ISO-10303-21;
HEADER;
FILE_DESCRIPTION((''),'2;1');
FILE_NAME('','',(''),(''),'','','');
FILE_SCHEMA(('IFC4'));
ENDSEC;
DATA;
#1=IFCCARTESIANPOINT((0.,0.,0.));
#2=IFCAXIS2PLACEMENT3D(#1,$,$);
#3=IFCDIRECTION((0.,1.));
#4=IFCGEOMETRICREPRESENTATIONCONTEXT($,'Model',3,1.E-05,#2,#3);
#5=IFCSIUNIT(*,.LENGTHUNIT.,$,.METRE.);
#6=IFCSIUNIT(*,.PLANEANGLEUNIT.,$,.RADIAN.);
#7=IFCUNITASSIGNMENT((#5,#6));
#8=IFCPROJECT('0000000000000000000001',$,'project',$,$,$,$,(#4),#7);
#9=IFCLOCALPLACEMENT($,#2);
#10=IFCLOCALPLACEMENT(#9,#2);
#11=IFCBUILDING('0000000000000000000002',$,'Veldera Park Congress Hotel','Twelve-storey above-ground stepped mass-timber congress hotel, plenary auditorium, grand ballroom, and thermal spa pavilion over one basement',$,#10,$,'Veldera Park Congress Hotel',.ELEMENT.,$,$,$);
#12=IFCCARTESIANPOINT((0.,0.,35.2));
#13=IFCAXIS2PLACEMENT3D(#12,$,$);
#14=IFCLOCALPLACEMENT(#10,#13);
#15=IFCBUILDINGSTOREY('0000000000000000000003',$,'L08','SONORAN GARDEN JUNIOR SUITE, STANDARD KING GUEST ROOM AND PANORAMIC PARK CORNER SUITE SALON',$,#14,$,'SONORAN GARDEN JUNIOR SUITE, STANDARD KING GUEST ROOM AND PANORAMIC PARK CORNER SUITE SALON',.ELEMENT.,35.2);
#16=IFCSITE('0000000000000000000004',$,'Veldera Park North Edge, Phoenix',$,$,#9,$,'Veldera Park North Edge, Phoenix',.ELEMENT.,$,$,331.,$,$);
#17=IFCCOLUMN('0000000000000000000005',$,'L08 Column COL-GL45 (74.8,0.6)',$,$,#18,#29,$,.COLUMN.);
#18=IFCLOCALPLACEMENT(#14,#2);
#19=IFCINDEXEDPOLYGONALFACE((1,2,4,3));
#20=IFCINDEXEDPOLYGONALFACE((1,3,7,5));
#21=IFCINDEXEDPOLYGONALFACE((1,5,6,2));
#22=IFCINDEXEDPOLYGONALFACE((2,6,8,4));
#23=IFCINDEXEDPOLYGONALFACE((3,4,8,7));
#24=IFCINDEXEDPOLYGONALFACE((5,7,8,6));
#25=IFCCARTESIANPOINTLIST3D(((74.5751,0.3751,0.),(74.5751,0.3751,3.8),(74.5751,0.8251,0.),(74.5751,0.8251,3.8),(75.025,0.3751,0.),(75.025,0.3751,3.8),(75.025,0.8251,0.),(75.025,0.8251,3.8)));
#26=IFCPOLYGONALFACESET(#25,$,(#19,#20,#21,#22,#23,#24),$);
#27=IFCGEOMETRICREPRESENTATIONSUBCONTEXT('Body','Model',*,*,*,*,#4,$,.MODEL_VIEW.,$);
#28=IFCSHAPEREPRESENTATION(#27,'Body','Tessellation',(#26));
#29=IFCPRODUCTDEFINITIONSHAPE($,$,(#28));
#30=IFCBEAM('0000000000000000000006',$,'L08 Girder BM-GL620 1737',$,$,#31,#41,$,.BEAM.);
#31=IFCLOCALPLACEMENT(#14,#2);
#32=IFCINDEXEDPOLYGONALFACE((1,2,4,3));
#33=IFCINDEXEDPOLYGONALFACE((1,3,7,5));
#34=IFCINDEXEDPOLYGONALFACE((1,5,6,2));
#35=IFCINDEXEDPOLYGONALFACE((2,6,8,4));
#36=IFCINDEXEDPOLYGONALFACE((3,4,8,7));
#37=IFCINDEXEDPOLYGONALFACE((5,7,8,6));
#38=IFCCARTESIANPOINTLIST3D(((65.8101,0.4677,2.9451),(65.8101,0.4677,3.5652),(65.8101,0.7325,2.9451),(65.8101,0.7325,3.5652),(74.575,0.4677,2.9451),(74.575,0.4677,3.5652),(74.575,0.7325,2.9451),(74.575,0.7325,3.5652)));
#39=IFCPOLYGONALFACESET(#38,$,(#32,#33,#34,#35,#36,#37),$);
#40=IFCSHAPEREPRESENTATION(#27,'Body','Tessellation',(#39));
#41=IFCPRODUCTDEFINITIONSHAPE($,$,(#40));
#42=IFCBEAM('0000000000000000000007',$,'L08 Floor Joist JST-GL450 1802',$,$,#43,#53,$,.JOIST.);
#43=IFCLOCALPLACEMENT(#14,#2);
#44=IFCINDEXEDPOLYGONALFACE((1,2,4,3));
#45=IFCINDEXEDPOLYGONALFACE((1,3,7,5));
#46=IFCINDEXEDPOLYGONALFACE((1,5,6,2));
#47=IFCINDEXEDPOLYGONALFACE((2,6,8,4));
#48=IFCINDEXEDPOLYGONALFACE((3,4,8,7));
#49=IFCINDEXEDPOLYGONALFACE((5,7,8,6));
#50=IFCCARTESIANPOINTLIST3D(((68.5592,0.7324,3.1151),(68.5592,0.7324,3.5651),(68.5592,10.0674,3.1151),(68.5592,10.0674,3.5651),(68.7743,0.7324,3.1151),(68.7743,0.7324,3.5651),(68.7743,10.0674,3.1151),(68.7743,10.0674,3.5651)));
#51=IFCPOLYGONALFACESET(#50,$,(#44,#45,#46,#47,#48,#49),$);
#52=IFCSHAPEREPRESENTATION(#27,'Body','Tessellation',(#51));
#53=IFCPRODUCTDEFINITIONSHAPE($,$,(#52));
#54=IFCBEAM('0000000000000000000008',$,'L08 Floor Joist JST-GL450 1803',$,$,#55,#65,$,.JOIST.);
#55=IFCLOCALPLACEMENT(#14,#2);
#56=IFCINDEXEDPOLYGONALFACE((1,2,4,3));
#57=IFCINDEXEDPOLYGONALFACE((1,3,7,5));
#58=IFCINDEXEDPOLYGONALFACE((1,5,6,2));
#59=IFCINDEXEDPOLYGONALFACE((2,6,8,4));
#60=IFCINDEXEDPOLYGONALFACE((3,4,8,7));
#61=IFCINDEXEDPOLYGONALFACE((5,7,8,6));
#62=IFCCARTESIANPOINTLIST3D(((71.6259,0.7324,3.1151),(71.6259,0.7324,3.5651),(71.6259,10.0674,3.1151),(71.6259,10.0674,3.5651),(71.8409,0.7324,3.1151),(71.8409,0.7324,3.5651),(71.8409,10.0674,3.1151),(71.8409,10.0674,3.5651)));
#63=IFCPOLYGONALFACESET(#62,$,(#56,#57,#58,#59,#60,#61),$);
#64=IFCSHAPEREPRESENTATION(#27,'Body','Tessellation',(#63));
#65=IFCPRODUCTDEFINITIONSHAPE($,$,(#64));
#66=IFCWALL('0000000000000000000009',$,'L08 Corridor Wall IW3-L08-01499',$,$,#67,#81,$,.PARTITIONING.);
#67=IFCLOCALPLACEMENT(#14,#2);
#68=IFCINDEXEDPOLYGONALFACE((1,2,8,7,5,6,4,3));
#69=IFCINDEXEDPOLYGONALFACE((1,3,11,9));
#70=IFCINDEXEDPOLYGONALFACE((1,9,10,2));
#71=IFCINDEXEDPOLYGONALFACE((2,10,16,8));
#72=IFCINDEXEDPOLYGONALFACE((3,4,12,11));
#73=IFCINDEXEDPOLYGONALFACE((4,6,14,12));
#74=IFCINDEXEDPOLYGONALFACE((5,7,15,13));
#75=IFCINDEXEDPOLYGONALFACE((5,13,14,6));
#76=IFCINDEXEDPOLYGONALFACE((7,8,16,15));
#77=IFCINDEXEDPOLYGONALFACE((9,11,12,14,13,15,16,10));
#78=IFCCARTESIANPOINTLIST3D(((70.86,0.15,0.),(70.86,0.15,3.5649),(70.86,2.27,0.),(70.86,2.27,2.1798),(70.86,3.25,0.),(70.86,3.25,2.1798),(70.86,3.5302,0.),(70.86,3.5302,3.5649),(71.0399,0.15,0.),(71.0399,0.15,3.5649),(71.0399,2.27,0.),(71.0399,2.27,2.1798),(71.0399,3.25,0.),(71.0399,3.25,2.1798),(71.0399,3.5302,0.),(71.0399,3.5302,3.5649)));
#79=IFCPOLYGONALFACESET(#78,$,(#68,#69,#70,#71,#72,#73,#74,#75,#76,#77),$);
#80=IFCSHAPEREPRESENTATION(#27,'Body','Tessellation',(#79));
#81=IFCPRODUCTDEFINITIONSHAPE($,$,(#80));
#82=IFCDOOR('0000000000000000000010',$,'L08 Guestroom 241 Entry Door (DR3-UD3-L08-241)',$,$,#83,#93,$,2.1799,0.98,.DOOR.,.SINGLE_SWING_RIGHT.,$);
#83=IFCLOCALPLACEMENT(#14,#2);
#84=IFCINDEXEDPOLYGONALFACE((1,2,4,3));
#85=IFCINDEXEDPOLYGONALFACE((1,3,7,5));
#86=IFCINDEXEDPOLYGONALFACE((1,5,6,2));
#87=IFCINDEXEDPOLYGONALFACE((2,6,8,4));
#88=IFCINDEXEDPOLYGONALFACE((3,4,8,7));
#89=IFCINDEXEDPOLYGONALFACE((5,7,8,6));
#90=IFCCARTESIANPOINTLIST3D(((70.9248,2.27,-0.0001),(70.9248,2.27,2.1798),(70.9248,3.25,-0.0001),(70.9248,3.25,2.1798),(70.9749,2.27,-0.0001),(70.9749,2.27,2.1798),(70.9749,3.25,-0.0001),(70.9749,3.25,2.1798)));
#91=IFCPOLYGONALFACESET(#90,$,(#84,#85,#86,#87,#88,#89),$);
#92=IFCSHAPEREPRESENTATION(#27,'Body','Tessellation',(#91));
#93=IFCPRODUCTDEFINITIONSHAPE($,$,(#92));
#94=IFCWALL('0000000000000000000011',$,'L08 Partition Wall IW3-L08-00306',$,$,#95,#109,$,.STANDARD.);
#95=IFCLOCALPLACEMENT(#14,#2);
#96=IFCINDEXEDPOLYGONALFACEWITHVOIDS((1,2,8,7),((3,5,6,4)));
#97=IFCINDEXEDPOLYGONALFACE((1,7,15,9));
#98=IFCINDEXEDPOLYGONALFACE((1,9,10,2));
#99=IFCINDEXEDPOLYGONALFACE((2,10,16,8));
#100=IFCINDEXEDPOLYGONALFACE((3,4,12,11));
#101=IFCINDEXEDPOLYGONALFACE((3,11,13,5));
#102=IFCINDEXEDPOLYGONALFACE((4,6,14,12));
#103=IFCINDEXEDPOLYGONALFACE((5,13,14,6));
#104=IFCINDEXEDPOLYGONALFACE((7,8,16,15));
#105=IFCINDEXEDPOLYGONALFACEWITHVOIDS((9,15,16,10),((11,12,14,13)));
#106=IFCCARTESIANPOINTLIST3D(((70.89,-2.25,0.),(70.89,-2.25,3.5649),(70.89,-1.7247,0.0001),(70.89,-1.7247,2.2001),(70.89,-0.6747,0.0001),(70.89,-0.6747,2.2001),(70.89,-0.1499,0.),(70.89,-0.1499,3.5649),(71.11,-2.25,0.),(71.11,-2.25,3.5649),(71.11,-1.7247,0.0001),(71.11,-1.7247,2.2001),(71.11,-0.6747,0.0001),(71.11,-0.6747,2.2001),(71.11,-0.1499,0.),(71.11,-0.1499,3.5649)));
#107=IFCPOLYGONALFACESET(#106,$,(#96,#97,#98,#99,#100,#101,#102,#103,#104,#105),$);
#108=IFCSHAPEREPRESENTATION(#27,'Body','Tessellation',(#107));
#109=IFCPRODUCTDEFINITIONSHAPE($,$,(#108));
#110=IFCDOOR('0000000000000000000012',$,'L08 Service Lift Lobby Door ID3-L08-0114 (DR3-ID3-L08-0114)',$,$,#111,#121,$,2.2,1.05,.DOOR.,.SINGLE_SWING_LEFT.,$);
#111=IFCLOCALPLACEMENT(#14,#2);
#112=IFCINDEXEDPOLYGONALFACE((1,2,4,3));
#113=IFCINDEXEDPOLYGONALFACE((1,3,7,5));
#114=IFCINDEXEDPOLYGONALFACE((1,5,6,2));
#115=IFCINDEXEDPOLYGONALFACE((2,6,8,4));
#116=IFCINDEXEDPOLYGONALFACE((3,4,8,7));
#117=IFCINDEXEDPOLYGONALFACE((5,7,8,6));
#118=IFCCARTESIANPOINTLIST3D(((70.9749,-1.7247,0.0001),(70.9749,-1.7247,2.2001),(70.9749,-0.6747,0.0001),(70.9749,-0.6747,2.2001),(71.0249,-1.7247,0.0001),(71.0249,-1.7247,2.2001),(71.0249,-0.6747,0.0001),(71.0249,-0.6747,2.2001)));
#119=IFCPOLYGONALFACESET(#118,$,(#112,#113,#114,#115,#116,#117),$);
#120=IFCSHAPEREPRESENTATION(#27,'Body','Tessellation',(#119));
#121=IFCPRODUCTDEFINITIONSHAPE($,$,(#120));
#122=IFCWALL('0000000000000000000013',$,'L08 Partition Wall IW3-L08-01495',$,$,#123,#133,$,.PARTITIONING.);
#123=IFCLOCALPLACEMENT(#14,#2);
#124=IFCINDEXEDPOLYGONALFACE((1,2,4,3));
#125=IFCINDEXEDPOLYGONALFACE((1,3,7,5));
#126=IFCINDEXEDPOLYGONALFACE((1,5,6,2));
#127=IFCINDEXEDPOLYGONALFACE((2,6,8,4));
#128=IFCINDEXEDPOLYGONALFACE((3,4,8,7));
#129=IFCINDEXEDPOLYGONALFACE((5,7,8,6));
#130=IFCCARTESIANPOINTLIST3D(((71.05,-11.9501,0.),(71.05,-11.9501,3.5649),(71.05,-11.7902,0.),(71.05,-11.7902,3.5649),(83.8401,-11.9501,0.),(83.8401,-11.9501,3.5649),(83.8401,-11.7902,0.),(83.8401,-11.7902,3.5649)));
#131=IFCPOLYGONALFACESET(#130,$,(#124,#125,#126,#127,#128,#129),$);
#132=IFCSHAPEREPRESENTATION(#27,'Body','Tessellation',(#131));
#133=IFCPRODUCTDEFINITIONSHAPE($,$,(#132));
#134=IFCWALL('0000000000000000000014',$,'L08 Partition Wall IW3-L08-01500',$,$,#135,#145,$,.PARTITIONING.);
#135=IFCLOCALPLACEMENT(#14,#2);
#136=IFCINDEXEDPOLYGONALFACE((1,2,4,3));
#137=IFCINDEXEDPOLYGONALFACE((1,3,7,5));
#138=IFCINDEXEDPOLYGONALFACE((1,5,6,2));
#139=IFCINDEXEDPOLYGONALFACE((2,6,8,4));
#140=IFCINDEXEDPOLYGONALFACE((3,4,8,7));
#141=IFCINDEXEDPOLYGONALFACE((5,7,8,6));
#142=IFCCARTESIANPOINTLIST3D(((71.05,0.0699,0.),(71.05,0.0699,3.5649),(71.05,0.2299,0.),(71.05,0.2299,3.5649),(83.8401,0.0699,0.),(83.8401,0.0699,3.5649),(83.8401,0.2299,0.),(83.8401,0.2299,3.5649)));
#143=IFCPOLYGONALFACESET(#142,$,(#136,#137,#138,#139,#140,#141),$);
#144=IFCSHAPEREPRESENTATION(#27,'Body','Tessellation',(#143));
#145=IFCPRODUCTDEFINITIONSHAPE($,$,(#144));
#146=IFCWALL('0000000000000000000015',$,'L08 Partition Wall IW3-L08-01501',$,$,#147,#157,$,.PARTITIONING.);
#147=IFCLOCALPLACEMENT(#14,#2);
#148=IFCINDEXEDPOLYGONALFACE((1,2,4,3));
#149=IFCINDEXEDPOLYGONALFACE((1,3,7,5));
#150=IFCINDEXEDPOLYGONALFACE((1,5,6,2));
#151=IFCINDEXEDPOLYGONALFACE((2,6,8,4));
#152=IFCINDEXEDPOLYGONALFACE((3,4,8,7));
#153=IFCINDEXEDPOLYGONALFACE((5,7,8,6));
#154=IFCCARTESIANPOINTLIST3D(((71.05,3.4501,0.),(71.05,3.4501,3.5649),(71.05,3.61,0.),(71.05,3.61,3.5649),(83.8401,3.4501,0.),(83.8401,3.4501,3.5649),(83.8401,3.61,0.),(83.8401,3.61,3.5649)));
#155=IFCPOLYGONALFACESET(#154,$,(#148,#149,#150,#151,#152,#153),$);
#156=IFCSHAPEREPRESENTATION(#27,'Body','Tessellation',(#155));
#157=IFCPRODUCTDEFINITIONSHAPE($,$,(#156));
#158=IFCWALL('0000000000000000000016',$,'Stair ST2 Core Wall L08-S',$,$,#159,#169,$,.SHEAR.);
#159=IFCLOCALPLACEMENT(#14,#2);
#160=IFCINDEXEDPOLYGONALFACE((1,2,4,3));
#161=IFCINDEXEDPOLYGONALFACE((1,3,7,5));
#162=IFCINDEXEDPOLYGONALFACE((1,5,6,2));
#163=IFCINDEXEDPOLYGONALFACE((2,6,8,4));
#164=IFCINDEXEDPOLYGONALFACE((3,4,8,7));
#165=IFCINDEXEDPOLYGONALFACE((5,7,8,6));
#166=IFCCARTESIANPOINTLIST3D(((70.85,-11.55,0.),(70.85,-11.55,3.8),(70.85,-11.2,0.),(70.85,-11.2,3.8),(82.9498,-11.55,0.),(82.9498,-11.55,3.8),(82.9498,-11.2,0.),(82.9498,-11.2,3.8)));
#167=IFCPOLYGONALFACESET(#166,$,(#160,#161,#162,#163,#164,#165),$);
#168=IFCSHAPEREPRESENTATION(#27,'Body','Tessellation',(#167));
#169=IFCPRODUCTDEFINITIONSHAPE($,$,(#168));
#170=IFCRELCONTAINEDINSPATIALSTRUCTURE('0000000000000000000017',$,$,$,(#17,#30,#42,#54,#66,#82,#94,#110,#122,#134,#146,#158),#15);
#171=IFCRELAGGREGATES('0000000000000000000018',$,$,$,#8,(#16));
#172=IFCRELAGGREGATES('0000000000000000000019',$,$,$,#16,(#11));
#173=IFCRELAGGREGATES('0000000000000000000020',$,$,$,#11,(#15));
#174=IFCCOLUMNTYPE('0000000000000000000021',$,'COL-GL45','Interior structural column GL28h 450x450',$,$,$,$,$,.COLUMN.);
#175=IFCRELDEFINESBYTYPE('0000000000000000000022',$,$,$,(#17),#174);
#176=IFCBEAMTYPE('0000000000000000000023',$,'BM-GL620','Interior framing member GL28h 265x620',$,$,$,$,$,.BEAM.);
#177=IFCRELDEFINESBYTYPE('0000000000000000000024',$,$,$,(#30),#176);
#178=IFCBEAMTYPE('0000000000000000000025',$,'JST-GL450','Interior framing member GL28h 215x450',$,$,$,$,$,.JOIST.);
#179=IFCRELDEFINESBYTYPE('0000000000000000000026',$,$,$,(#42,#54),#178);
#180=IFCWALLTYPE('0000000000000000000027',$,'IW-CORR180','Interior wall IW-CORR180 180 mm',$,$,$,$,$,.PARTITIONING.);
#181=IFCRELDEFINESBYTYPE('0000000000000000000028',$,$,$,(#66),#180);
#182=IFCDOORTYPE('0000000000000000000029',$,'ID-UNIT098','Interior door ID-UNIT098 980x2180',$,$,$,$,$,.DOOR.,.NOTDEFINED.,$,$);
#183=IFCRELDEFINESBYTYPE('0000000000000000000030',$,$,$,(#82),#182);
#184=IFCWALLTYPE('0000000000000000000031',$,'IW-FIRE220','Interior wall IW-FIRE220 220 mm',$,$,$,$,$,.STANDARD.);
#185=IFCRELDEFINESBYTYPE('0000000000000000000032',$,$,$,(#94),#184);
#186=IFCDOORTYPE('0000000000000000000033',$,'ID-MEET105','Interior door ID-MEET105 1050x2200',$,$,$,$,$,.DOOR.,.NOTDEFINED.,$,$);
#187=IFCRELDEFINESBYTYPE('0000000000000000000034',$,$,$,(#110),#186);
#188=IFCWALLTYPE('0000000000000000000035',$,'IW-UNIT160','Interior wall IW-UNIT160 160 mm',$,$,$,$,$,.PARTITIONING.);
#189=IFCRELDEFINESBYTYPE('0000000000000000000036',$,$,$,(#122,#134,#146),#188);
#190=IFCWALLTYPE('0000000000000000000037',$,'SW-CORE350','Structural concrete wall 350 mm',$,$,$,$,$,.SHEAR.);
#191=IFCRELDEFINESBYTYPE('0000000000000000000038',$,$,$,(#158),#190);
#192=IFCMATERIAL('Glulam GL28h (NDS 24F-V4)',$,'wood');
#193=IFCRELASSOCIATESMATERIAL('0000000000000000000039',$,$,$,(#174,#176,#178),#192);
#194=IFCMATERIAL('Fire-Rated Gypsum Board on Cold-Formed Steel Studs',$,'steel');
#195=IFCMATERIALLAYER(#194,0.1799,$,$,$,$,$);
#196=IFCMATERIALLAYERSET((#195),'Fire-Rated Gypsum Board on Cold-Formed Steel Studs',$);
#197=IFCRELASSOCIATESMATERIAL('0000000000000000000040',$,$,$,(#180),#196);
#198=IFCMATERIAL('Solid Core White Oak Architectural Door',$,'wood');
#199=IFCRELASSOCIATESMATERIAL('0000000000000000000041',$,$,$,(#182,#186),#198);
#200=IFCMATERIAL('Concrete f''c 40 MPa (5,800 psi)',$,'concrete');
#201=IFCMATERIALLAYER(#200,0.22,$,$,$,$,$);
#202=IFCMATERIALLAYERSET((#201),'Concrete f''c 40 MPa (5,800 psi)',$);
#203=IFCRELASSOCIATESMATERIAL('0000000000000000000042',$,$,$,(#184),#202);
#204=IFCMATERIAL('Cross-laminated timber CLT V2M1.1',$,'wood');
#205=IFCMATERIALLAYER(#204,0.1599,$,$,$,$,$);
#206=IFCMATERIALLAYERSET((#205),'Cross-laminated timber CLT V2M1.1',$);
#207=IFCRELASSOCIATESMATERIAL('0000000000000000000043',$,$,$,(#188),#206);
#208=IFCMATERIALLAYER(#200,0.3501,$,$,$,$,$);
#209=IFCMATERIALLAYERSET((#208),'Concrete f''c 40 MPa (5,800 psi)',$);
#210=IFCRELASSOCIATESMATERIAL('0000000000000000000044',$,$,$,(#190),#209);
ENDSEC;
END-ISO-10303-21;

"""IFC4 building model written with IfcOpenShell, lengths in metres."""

from ifc_helpers import new_model, si_unit, direction, frame, frame_2d, origin, origin_2d, place, context, subcontext, project, spatial, rectangle, extrude, material, layer, layer_set, material_profile, profile_set, type_object, element, fill, save


model = new_model("IFC4")

# Units and contexts
model_context = context("Model", 3, precision=1e-05, world=origin(), true_north=direction((0.0, 1.0)))
body_context = subcontext(model_context, "Body", "Model", "MODEL_VIEW")
ifc_project = project(units=[si_unit("LENGTHUNIT", "METRE"), si_unit("PLANEANGLEUNIT", "RADIAN")], contexts=[model_context])

# Site, building, storey
site_placement = place(None, origin())
site = spatial("IfcSite", under=ifc_project, at=site_placement, Name="Veldera Park North Edge, Phoenix", LongName="Veldera Park North Edge, Phoenix", CompositionType="ELEMENT", RefElevation=331.0)
building_placement = place(site_placement, origin())
building = spatial("IfcBuilding", under=site, at=building_placement, Name="Veldera Park Congress Hotel", Description="Twelve-storey above-ground stepped mass-timber congress hotel, plenary auditorium, grand ballroom, and thermal spa pavilion over one basement", LongName="Veldera Park Congress Hotel", CompositionType="ELEMENT")
storey_placement = place(building_placement, frame((0.0, 0.0, 35.2)))
storey = spatial("IfcBuildingStorey", under=building, at=storey_placement, Name="L08", Description="SONORAN GARDEN JUNIOR SUITE, STANDARD KING GUEST ROOM AND PANORAMIC PARK CORNER SUITE SALON", LongName="SONORAN GARDEN JUNIOR SUITE, STANDARD KING GUEST ROOM AND PANORAMIC PARK CORNER SUITE SALON", CompositionType="ELEMENT", Elevation=35.2)

# Column
ifc_material_1 = material(Name="Glulam GL28h (NDS 24F-V4)", Category="wood")
ifc_material_profile_1 = material_profile(ifc_material_1, rectangle(XDim=0.45, YDim=0.45, at=origin_2d()), Name="GL28h 450x450")
ifc_profile_set_1 = profile_set([ifc_material_profile_1], Name="Glulam GL28h (NDS 24F-V4)")
column_type = type_object("IfcColumnType", Name="COL-GL45", Description="Interior structural column GL28h 450x450", PredefinedType="COLUMN", material=ifc_profile_set_1)
column_placement = place(storey_placement, frame((74.8, 0.6001, 0.0), z_axis=(0.0, 0.0, 1.0), x_axis=(1.0, 0.0, 0.0)))
element("IfcColumn", 1, at=column_placement, inside=storey, type_object=column_type, Name="L08 Column COL-GL45 (74.8,0.6)", PredefinedType="COLUMN", context=body_context, shape_type="SweptSolid", body=[
    extrude(rectangle(XDim=0.45, YDim=0.45, at=origin_2d()), origin(), (0.0, 0.0, 1.0), 3.8),
])

# Beams
ifc_material_profile_2 = material_profile(ifc_material_1, rectangle(XDim=0.2649, YDim=0.6201, at=origin_2d()), Name="GL28h 265x620")
ifc_profile_set_2 = profile_set([ifc_material_profile_2], Name="Glulam GL28h (NDS 24F-V4)")
beam_type_1 = type_object("IfcBeamType", Name="BM-GL620", Description="Interior framing member GL28h 265x620", PredefinedType="BEAM", material=ifc_profile_set_2)
beam_placement = place(storey_placement, frame((65.8101, 0.6001, 3.2551), z_axis=(1.0, 0.0, 0.0), x_axis=(0.0, 1.0, 0.0)))
element("IfcBeam", 2, at=beam_placement, inside=storey, type_object=beam_type_1, Name="L08 Girder BM-GL620 1737", PredefinedType="BEAM", context=body_context, shape_type="SweptSolid", body=[
    extrude(rectangle(XDim=0.2649, YDim=0.6201, at=origin_2d()), origin(), (0.0, 0.0, 1.0), 8.7649),
])
ifc_material_profile_3 = material_profile(ifc_material_1, rectangle(XDim=0.2151, YDim=0.45, at=origin_2d()), Name="GL28h 215x450")
ifc_profile_set_3 = profile_set([ifc_material_profile_3], Name="Glulam GL28h (NDS 24F-V4)")
beam_type_2 = type_object("IfcBeamType", Name="JST-GL450", Description="Interior framing member GL28h 215x450", PredefinedType="JOIST", material=ifc_profile_set_3)
for number, where, z_axis, x_axis, name in (
    (3, (68.6667, 0.7324, 3.3401), (0.0, 1.0, 0.0), (-1.0, 0.0, 0.0), "L08 Floor Joist JST-GL450 1802"),
    (4, (71.7334, 0.7324, 3.3401), (0.0, 1.0, 0.0), (-1.0, 0.0, 0.0), "L08 Floor Joist JST-GL450 1803"),
):
    element("IfcBeam", number, at=place(storey_placement, frame(where, z_axis=z_axis, x_axis=x_axis)), inside=storey, type_object=beam_type_2, Name=name, PredefinedType="JOIST", context=body_context, shape_type="SweptSolid", body=[
        extrude(rectangle(XDim=0.2151, YDim=0.45, at=origin_2d()), origin(), (0.0, 0.0, 1.0), 9.335),
    ])

# Walls, openings, doors
ifc_material_2 = material(Name="Fire-Rated Gypsum Board on Cold-Formed Steel Studs", Category="steel")
ifc_layer_1 = layer(ifc_material_2, 0.1799)
ifc_layer_set_1 = layer_set([ifc_layer_1], Name="Fire-Rated Gypsum Board on Cold-Formed Steel Studs")
wall_type_1 = type_object("IfcWallType", Name="IW-CORR180", Description="Interior wall IW-CORR180 180 mm", PredefinedType="PARTITIONING", material=ifc_layer_set_1)
wall_1_placement = place(storey_placement, frame((70.95, 3.53, 0.0), z_axis=(0.0, 0.0, 1.0), x_axis=(0.0, -1.0, 0.0)))
wall_1 = element("IfcWall", 5, at=wall_1_placement, inside=storey, type_object=wall_type_1, Name="L08 Corridor Wall IW3-L08-01499", PredefinedType="PARTITIONING", context=body_context, shape_type="SweptSolid", body=[
    extrude(rectangle(XDim=3.3801, YDim=0.1799, at=frame_2d((1.6899, 0.0))), origin(), (0.0, 0.0, 1.0), 3.5649),
])
opening_1_placement = place(wall_1_placement, frame((0.28, 0.0, 0.0)))
opening_1 = element("IfcOpeningElement", 6, at=opening_1_placement, cuts=wall_1, PredefinedType="OPENING", context=body_context, shape_type="SweptSolid", body=[
    extrude(rectangle(XDim=0.98, YDim=2.1799, at=frame_2d((0.49, 1.0898))), frame((0.0, 0.1021, 0.0), z_axis=(0.0, -1.0, 0.0), x_axis=(1.0, 0.0, 0.0)), (0.0, 0.0, 1.0), 0.2039),
])
ifc_material_3 = material(Name="Solid Core White Oak Architectural Door", Category="wood")
door_type_1 = type_object("IfcDoorType", Name="ID-UNIT098", Description="Interior door ID-UNIT098 980x2180", OperationType="NOTDEFINED", PredefinedType="DOOR", material=ifc_material_3)
door_1_placement = place(opening_1_placement, origin())
door_1 = element("IfcDoor", 7, at=door_1_placement, inside=storey, type_object=door_type_1, Name="L08 Guestroom 241 Entry Door (DR3-UD3-L08-241)", OperationType="SINGLE_SWING_RIGHT", OverallHeight=2.1799, OverallWidth=0.98, PredefinedType="DOOR", context=body_context, shape_type="SweptSolid", body=[
    extrude(rectangle(XDim=0.98, YDim=2.1799, at=frame_2d((0.49, 1.0898))), frame((0.0, 0.0249, 0.0), z_axis=(0.0, -1.0, 0.0), x_axis=(1.0, 0.0, 0.0)), (0.0, 0.0, 1.0), 0.05),
])
fill(opening_1, door_1)
ifc_material_4 = material(Name="Concrete f'c 40 MPa (5,800 psi)", Category="concrete")
ifc_layer_2 = layer(ifc_material_4, 0.22)
ifc_layer_set_2 = layer_set([ifc_layer_2], Name="Concrete f'c 40 MPa (5,800 psi)")
wall_type_2 = type_object("IfcWallType", Name="IW-FIRE220", Description="Interior wall IW-FIRE220 220 mm", PredefinedType="STANDARD", material=ifc_layer_set_2)
wall_2_placement = place(storey_placement, frame((71.0, -0.1499, 0.0), z_axis=(0.0, 0.0, 1.0), x_axis=(0.0, -1.0, 0.0)))
wall_2 = element("IfcWall", 8, at=wall_2_placement, inside=storey, type_object=wall_type_2, Name="L08 Partition Wall IW3-L08-00306", PredefinedType="STANDARD", context=body_context, shape_type="SweptSolid", body=[
    extrude(rectangle(XDim=2.1001, YDim=0.22, at=frame_2d((1.05, 0.0))), origin(), (0.0, 0.0, 1.0), 3.5649),
])
opening_2_placement = place(wall_2_placement, frame((0.5249, 0.0, 0.0)))
opening_2 = element("IfcOpeningElement", 9, at=opening_2_placement, cuts=wall_2, PredefinedType="OPENING", context=body_context, shape_type="SweptSolid", body=[
    extrude(rectangle(XDim=1.05, YDim=2.2, at=frame_2d((0.5249, 1.1001))), frame((0.0, 0.1221, 0.0), z_axis=(0.0, -1.0, 0.0), x_axis=(1.0, 0.0, 0.0)), (0.0, 0.0, 1.0), 0.2439),
])
door_type_2 = type_object("IfcDoorType", Name="ID-MEET105", Description="Interior door ID-MEET105 1050x2200", OperationType="NOTDEFINED", PredefinedType="DOOR", material=ifc_material_3)
door_2_placement = place(opening_2_placement, origin())
door_2 = element("IfcDoor", 10, at=door_2_placement, inside=storey, type_object=door_type_2, Name="L08 Service Lift Lobby Door ID3-L08-0114 (DR3-ID3-L08-0114)", OperationType="SINGLE_SWING_LEFT", OverallHeight=2.2, OverallWidth=1.05, PredefinedType="DOOR", context=body_context, shape_type="SweptSolid", body=[
    extrude(rectangle(XDim=1.05, YDim=2.2, at=frame_2d((0.5249, 1.1001))), frame((0.0, 0.0249, 0.0), z_axis=(0.0, -1.0, 0.0), x_axis=(1.0, 0.0, 0.0)), (0.0, 0.0, 1.0), 0.05),
])
fill(opening_2, door_2)

# Walls
ifc_material_5 = material(Name="Cross-laminated timber CLT V2M1.1", Category="wood")
ifc_layer_3 = layer(ifc_material_5, 0.1599)
ifc_layer_set_3 = layer_set([ifc_layer_3], Name="Cross-laminated timber CLT V2M1.1")
wall_type_3 = type_object("IfcWallType", Name="IW-UNIT160", Description="Interior wall IW-UNIT160 160 mm", PredefinedType="PARTITIONING", material=ifc_layer_set_3)
for number, where, z_axis, x_axis, name in (
    (11, (71.05, -11.8701, 0.0), (0.0, 0.0, 1.0), (1.0, 0.0, 0.0), "L08 Partition Wall IW3-L08-01495"),
    (12, (71.05, 0.1499, 0.0), (0.0, 0.0, 1.0), (1.0, 0.0, 0.0), "L08 Partition Wall IW3-L08-01500"),
    (13, (71.05, 3.53, 0.0), (0.0, 0.0, 1.0), (1.0, 0.0, 0.0), "L08 Partition Wall IW3-L08-01501"),
):
    element("IfcWall", number, at=place(storey_placement, frame(where, z_axis=z_axis, x_axis=x_axis)), inside=storey, type_object=wall_type_3, Name=name, PredefinedType="PARTITIONING", context=body_context, shape_type="SweptSolid", body=[
        extrude(rectangle(XDim=12.79, YDim=0.1599, at=frame_2d((6.395, 0.0))), origin(), (0.0, 0.0, 1.0), 3.5649),
    ])
ifc_layer_4 = layer(ifc_material_4, 0.3501)
ifc_layer_set_4 = layer_set([ifc_layer_4], Name="Concrete f'c 40 MPa (5,800 psi)")
wall_type_4 = type_object("IfcWallType", Name="SW-CORE350", Description="Structural concrete wall 350 mm", PredefinedType="SHEAR", material=ifc_layer_set_4)
wall_3_placement = place(storey_placement, frame((70.8501, -11.375, 0.0), z_axis=(0.0, 0.0, 1.0), x_axis=(1.0, 0.0, 0.0)))
element("IfcWall", 14, at=wall_3_placement, inside=storey, type_object=wall_type_4, Name="Stair ST2 Core Wall L08-S", PredefinedType="SHEAR", context=body_context, shape_type="SweptSolid", body=[
    extrude(rectangle(XDim=12.0999, YDim=0.3501, at=frame_2d((6.0498, 0.0))), origin(), (0.0, 0.0, 1.0), 3.8),
])

save(model, "model.ifc")
